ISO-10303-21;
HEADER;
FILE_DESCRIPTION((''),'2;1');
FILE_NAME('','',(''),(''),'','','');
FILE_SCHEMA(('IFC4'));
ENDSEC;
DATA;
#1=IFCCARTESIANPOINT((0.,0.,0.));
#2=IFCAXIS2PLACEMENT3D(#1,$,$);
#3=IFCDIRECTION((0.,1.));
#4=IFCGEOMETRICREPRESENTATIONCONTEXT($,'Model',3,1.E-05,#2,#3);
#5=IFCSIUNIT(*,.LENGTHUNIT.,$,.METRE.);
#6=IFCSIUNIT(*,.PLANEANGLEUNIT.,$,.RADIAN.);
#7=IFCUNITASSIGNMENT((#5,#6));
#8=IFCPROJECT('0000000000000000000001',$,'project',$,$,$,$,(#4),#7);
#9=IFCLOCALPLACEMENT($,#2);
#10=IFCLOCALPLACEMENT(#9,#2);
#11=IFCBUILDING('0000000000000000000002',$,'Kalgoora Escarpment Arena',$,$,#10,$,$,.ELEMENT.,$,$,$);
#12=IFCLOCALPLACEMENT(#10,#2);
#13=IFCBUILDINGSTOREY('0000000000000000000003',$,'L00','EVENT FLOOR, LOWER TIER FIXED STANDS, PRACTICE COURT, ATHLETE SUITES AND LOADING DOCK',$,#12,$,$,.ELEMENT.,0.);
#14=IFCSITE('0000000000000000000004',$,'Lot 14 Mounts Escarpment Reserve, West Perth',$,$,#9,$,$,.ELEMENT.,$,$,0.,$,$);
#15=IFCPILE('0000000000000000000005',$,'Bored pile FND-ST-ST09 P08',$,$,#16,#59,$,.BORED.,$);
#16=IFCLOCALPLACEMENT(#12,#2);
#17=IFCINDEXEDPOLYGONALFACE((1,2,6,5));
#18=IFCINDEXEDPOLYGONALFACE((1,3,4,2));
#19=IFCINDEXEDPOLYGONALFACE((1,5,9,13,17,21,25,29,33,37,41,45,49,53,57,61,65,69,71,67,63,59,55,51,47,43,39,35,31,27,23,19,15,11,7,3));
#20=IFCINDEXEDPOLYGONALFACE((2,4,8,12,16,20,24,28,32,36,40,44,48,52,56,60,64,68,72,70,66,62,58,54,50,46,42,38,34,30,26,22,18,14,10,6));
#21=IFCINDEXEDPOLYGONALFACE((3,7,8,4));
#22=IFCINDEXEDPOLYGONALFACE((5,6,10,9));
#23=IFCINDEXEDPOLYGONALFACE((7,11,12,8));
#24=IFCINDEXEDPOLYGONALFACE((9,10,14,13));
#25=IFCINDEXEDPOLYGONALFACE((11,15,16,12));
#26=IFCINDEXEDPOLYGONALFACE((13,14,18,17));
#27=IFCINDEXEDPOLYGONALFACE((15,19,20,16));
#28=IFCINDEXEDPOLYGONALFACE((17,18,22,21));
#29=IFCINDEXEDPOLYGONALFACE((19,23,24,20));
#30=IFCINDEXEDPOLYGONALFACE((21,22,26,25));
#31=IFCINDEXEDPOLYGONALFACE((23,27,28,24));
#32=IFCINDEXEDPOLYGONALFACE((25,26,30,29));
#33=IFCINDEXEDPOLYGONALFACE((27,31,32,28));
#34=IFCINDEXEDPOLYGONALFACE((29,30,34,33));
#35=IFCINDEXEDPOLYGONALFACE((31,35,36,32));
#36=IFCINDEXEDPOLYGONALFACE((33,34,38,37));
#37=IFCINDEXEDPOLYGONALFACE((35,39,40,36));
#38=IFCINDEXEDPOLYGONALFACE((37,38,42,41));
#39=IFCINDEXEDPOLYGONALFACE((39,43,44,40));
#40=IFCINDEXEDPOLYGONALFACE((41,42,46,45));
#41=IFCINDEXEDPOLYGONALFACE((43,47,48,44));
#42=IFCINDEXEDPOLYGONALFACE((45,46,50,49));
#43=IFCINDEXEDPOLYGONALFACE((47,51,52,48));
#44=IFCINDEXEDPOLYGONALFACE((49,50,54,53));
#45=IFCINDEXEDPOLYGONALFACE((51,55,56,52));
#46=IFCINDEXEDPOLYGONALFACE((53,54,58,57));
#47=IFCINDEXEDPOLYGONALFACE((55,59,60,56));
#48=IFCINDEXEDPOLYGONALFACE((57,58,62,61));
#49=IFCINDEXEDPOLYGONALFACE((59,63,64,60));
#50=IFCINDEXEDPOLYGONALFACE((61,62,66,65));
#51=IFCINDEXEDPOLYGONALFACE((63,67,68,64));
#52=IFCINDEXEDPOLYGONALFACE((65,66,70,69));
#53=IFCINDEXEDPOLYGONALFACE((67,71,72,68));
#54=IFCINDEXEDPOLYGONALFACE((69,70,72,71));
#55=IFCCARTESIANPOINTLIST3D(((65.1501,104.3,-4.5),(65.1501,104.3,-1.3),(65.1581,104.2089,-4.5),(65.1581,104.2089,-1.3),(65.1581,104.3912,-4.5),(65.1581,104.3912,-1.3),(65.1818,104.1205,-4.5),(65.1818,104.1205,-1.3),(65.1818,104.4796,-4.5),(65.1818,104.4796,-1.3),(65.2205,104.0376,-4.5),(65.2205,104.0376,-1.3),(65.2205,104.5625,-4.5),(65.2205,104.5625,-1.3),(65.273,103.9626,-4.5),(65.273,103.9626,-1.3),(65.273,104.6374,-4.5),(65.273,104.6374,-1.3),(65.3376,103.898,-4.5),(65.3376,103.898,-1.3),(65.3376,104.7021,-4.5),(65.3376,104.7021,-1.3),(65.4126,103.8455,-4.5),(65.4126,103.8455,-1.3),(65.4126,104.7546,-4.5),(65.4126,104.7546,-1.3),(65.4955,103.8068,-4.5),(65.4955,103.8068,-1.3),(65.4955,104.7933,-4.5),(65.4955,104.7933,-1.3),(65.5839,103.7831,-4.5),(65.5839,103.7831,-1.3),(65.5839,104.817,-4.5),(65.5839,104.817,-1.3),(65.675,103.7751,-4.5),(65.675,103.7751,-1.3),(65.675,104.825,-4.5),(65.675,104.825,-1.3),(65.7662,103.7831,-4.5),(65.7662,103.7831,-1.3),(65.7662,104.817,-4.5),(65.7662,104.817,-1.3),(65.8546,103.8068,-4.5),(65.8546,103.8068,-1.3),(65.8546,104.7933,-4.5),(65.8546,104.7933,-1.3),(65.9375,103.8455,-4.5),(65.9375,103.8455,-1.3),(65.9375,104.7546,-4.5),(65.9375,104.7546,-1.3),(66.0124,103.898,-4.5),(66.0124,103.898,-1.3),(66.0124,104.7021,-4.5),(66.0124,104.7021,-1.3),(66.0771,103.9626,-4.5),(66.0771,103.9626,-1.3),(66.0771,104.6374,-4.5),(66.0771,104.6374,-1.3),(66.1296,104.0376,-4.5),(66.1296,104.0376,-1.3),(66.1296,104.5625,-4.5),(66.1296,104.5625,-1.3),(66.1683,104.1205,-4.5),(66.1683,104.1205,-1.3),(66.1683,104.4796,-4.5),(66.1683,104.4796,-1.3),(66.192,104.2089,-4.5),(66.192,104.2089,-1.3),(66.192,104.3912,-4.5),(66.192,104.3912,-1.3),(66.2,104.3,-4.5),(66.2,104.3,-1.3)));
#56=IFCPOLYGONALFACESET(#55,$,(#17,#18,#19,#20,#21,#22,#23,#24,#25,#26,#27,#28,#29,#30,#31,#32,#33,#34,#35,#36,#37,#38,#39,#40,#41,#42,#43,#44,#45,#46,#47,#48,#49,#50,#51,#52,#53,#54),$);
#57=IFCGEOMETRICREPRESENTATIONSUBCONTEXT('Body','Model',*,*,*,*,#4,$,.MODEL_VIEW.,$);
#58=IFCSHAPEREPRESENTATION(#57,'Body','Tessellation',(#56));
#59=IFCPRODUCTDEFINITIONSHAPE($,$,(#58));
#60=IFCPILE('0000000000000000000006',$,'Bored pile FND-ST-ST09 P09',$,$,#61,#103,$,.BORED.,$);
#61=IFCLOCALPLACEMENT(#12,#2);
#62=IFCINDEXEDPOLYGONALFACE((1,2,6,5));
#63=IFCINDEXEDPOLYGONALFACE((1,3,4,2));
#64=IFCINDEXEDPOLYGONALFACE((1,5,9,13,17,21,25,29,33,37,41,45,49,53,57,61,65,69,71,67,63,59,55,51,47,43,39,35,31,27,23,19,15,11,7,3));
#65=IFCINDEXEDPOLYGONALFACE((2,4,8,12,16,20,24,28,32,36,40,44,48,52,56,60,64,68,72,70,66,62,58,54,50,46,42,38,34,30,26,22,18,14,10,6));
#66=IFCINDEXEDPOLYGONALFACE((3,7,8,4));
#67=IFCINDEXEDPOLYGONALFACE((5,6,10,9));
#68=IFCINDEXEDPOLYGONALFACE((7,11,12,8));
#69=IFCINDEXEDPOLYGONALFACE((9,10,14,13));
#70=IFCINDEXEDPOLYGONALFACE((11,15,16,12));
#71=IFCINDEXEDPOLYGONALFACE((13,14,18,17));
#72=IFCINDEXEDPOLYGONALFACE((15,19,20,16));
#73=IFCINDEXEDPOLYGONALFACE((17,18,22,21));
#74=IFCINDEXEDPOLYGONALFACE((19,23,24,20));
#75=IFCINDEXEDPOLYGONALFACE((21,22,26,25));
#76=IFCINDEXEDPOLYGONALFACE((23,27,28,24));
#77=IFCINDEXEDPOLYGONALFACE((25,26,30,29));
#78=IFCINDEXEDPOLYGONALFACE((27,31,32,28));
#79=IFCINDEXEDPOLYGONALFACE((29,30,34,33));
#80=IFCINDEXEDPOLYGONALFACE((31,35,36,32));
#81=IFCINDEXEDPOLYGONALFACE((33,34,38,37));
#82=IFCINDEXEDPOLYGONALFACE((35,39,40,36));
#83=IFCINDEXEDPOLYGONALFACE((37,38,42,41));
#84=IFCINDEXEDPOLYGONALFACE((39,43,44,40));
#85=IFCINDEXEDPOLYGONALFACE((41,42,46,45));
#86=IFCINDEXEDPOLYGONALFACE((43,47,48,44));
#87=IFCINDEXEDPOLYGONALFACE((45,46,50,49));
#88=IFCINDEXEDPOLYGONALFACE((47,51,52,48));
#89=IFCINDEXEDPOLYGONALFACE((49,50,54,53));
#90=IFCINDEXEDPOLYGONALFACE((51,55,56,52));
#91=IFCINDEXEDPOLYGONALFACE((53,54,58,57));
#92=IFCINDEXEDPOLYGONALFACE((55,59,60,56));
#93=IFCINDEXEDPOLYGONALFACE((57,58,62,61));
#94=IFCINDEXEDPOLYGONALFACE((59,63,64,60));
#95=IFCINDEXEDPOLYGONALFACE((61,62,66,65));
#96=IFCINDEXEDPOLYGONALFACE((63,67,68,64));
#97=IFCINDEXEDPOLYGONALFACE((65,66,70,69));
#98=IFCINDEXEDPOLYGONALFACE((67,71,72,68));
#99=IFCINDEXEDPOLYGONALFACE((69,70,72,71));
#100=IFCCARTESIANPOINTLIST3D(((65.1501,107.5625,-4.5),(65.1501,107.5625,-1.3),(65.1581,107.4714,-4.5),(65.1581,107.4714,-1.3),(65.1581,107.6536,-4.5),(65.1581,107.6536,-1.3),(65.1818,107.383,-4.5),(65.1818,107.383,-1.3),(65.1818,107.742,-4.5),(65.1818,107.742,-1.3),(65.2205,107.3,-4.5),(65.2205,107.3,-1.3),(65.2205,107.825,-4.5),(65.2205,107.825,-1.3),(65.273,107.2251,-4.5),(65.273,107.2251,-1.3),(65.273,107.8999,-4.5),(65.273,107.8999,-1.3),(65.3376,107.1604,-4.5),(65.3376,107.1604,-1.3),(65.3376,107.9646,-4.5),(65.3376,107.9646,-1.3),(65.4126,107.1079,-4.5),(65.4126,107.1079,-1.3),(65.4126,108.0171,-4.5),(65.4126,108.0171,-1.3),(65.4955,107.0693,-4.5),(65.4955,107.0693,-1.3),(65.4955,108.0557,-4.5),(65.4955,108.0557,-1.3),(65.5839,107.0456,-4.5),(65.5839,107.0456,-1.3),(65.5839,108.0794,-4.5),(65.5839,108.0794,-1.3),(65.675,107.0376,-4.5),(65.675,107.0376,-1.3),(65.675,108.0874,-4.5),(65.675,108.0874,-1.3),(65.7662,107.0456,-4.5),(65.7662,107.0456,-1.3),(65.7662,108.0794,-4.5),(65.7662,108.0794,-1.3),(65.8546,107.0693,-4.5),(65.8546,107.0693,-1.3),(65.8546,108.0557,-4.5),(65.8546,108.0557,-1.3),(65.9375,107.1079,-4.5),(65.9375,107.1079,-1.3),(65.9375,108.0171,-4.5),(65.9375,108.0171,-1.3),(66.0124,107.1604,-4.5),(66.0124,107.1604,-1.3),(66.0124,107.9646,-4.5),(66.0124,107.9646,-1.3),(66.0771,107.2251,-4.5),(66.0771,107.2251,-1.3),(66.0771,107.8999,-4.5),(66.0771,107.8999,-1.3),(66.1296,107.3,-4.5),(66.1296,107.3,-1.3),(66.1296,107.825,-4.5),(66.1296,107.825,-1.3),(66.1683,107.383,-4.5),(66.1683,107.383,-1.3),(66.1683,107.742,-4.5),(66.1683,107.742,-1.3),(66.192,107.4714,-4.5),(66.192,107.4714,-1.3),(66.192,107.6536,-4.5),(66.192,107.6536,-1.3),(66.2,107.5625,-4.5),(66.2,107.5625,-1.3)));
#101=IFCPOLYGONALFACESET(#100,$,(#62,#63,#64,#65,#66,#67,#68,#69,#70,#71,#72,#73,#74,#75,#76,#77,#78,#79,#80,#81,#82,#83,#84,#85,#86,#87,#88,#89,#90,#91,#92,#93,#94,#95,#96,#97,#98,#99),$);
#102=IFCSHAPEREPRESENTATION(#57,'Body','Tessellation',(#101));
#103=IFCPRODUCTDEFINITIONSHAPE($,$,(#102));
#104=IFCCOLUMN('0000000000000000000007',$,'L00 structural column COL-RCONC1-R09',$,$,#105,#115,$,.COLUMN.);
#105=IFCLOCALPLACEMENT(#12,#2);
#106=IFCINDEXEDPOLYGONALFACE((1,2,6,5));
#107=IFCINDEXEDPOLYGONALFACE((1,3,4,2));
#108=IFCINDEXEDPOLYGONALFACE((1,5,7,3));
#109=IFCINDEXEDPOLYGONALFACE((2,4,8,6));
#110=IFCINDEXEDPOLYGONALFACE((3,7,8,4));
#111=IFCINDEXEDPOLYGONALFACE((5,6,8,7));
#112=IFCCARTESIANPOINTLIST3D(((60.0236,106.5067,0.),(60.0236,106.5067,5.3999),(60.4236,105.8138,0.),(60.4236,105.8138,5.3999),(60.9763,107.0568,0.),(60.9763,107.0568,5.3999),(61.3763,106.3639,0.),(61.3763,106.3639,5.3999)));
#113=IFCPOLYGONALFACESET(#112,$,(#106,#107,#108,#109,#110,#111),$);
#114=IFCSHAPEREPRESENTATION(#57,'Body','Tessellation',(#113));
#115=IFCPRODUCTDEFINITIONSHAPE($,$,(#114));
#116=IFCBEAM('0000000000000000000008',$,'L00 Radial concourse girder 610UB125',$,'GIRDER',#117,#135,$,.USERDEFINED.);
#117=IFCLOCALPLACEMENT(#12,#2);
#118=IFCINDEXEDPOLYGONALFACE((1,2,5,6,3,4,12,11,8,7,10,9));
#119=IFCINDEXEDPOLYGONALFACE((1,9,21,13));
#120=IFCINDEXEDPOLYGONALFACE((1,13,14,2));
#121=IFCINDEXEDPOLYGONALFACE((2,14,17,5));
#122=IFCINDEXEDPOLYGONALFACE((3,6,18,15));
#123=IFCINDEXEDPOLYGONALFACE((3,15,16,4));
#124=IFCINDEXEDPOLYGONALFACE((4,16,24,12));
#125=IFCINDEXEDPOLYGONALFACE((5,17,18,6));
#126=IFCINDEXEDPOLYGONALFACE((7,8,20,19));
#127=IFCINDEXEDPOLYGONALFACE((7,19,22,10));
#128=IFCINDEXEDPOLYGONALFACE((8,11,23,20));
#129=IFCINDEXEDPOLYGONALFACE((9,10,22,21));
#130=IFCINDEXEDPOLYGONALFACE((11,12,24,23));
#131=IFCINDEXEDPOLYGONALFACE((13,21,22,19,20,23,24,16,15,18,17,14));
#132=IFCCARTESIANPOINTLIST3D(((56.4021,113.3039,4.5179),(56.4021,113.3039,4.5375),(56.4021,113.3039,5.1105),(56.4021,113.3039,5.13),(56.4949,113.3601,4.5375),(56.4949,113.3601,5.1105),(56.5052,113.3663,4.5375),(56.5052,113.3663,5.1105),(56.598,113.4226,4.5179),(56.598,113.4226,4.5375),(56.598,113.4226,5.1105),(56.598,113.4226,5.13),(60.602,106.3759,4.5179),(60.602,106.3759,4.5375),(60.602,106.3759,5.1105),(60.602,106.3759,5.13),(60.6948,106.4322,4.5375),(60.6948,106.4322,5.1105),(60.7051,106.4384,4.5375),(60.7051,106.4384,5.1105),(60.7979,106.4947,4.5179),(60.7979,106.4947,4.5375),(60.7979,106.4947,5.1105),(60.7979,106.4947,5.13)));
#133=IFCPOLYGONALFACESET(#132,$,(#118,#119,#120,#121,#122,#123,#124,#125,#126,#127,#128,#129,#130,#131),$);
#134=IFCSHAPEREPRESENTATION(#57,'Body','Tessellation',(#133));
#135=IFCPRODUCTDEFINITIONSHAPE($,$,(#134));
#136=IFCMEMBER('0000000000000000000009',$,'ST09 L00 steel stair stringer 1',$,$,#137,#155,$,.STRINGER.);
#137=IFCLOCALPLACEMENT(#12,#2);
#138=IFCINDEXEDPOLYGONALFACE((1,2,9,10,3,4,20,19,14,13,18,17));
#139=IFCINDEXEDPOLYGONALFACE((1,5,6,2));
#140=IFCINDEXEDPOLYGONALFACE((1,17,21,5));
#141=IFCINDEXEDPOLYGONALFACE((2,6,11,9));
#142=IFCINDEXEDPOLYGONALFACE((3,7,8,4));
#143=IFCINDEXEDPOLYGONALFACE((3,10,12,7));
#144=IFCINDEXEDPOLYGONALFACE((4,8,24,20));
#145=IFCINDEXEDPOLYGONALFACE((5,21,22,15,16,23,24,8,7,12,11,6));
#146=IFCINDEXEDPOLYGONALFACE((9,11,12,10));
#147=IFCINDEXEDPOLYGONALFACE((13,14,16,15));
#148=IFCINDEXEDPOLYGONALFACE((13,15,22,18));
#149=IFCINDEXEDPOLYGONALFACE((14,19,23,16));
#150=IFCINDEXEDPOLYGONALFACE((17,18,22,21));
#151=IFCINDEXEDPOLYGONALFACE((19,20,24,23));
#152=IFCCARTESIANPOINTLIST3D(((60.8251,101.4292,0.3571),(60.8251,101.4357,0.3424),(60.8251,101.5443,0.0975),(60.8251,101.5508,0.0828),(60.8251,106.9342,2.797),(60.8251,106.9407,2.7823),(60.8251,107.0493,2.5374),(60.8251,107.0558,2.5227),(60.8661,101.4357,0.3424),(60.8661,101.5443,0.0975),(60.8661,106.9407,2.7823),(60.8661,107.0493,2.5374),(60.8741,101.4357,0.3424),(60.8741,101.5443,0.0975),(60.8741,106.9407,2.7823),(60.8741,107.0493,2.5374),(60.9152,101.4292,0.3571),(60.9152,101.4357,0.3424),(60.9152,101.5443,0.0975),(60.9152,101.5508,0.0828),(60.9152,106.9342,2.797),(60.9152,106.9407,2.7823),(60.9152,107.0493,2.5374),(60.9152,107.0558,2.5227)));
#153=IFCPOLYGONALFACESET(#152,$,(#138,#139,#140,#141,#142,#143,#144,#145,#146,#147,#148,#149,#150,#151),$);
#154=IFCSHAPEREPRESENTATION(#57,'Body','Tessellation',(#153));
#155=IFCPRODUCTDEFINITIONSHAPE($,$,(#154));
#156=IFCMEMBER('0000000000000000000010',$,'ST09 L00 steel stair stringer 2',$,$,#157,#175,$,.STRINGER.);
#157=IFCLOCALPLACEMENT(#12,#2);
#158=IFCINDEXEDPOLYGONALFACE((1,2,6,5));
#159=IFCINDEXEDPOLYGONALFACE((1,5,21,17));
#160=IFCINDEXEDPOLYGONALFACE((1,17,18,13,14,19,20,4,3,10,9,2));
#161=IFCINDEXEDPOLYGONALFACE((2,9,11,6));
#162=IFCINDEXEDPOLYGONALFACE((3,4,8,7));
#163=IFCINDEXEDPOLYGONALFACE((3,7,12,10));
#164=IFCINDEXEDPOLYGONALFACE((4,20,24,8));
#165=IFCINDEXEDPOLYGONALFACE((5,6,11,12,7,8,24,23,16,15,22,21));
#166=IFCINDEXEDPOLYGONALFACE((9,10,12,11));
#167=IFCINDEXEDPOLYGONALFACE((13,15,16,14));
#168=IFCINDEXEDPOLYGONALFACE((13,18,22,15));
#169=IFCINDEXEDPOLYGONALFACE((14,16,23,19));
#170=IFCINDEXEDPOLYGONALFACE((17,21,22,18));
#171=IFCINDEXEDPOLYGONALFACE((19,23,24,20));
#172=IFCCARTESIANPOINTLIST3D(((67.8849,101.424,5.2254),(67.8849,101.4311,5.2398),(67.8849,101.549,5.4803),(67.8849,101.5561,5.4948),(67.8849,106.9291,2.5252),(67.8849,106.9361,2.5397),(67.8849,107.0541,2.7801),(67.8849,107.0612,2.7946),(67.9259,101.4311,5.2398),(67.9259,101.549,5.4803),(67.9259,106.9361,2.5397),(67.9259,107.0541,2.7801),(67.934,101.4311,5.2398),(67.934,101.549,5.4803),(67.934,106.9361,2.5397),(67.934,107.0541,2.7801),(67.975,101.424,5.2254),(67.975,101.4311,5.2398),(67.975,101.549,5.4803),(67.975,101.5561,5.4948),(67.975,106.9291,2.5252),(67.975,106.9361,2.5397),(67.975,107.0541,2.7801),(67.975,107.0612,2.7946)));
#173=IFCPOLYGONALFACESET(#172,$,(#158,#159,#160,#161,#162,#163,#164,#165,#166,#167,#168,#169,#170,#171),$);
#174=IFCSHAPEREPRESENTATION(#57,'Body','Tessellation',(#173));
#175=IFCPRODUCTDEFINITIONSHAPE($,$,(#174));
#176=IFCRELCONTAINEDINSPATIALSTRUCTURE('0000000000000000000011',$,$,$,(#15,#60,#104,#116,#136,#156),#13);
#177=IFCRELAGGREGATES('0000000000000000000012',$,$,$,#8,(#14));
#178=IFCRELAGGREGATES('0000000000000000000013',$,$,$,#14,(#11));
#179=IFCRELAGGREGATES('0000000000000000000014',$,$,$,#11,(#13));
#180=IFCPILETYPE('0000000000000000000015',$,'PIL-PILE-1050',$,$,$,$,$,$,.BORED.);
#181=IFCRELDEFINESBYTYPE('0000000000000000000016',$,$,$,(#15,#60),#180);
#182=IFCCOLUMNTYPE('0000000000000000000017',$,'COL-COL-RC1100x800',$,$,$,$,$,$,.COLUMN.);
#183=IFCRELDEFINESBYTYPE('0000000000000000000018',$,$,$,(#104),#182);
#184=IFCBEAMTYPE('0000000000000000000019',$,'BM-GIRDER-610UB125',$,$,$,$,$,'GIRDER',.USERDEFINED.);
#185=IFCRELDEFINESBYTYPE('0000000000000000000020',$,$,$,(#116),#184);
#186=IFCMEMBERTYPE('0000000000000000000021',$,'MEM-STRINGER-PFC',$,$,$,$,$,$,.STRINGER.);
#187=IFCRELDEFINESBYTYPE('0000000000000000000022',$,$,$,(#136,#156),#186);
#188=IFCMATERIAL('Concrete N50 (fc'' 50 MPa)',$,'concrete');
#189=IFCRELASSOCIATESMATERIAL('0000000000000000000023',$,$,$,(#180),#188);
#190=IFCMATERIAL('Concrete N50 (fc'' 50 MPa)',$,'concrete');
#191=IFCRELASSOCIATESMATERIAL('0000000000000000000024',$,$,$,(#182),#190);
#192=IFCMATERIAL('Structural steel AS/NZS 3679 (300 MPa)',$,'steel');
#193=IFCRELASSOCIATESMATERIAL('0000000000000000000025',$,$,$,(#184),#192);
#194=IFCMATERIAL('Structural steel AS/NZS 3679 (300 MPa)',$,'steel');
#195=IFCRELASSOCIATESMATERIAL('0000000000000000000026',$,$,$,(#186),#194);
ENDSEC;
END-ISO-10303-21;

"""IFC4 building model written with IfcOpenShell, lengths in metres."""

from ifc_helpers import new_model, si_unit, direction, frame, origin, origin_2d, place, context, subcontext, project, spatial, rectangle, circle, i_section, extrude, material, material_profile, profile_set, type_object, element, save


model = new_model("IFC4")

# Units and contexts
model_context = context("Model", 3, precision=1e-05, world=origin(), true_north=direction((0.0, 1.0)))
body_context = subcontext(model_context, "Body", "Model", "MODEL_VIEW")
ifc_project = project(units=[si_unit("LENGTHUNIT", "METRE"), si_unit("PLANEANGLEUNIT", "RADIAN")], contexts=[model_context])

# Site, building, storey
site_placement = place(None, origin())
site = spatial("IfcSite", under=ifc_project, at=site_placement, Name="Lot 14 Mounts Escarpment Reserve, West Perth", CompositionType="ELEMENT", RefElevation=0.0)
building_placement = place(site_placement, origin())
building = spatial("IfcBuilding", under=site, at=building_placement, Name="Kalgoora Escarpment Arena", CompositionType="ELEMENT")
storey_placement = place(building_placement, origin())
storey = spatial("IfcBuildingStorey", under=building, at=storey_placement, Name="L00", Description="EVENT FLOOR, LOWER TIER FIXED STANDS, PRACTICE COURT, ATHLETE SUITES AND LOADING DOCK", CompositionType="ELEMENT", Elevation=0.0)

# Piles
ifc_material_1 = material(Name="Concrete N50 (fc' 50 MPa)", Category="concrete")
ifc_material_profile_1 = material_profile(ifc_material_1, circle(Radius=0.5249, at=origin_2d()))
ifc_profile_set_1 = profile_set([ifc_material_profile_1], Name="Concrete N50 (fc' 50 MPa)")
pile_type = type_object("IfcPileType", Name="PIL-PILE-1050", PredefinedType="BORED", material=ifc_profile_set_1)
for number, where, z_axis, x_axis, name in (
    (1, (65.675, 104.3, -1.3), (0.0, 0.0, -1.0), (1.0, 0.0, 0.0), "Bored pile FND-ST-ST09 P08"),
    (2, (65.675, 107.5625, -1.3), (0.0, 0.0, -1.0), (1.0, 0.0, 0.0), "Bored pile FND-ST-ST09 P09"),
):
    element("IfcPile", number, at=place(storey_placement, frame(where, z_axis=z_axis, x_axis=x_axis)), inside=storey, type_object=pile_type, Name=name, PredefinedType="BORED", context=body_context, shape_type="SweptSolid", body=[
        extrude(circle(Radius=0.5249, at=origin_2d()), origin(), (0.0, 0.0, 1.0), 3.2),
    ])

# Column
ifc_material_2 = material(Name="Concrete N50 (fc' 50 MPa)", Category="concrete")
ifc_material_profile_2 = material_profile(ifc_material_2, rectangle(XDim=0.8, YDim=1.1001, at=origin_2d()))
ifc_profile_set_2 = profile_set([ifc_material_profile_2], Name="Concrete N50 (fc' 50 MPa)")
column_type = type_object("IfcColumnType", Name="COL-COL-RC1100x800", PredefinedType="COLUMN", material=ifc_profile_set_2)
column_placement = place(storey_placement, frame((60.7, 106.4353, 0.0), z_axis=(0.0, 0.0, 1.0), x_axis=(-0.5, 0.866025, 0.0)))
element("IfcColumn", 3, at=column_placement, inside=storey, type_object=column_type, Name="L00 structural column COL-RCONC1-R09", PredefinedType="COLUMN", context=body_context, shape_type="SweptSolid", body=[
    extrude(rectangle(XDim=0.8, YDim=1.1001, at=origin_2d()), origin(), (0.0, 0.0, 1.0), 5.3999),
])

# Beam
ifc_material_3 = material(Name="Structural steel AS/NZS 3679 (300 MPa)", Category="steel")
ifc_material_profile_3 = material_profile(ifc_material_3, i_section(OverallWidth=0.229, OverallDepth=0.6121, WebThickness=0.012, FlangeThickness=0.0195, at=origin_2d()))
ifc_profile_set_3 = profile_set([ifc_material_profile_3], Name="Structural steel AS/NZS 3679 (300 MPa)")
beam_type = type_object("IfcBeamType", Name="BM-GIRDER-610UB125", ElementType="GIRDER", PredefinedType="USERDEFINED", material=ifc_profile_set_3)
beam_placement = place(storey_placement, frame((60.7, 106.4353, 4.824), z_axis=(-0.518408, 0.855133, 0.0), x_axis=(-0.855133, -0.518408, 0.0)))
element("IfcBeam", 4, at=beam_placement, inside=storey, type_object=beam_type, Name="L00 Radial concourse girder 610UB125", ObjectType="GIRDER", PredefinedType="USERDEFINED", context=body_context, shape_type="SweptSolid", body=[
    extrude(i_section(OverallWidth=0.229, OverallDepth=0.6121, WebThickness=0.012, FlangeThickness=0.0195, at=origin_2d()), origin(), (0.0, 0.0, 1.0), 8.1016),
])

# Members
ifc_material_4 = material(Name="Structural steel AS/NZS 3679 (300 MPa)", Category="steel")
ifc_material_profile_4 = material_profile(ifc_material_4, i_section(OverallWidth=0.0901, OverallDepth=0.3, WebThickness=0.0081, FlangeThickness=0.0161, at=origin_2d()))
ifc_profile_set_4 = profile_set([ifc_material_profile_4], Name="Structural steel AS/NZS 3679 (300 MPa)")
member_type = type_object("IfcMemberType", Name="MEM-STRINGER-PFC", PredefinedType="STRINGER", material=ifc_profile_set_4)
member_1_placement = place(storey_placement, frame((60.8701, 101.49, 0.22), z_axis=(0.0, 0.914229, 0.405198), x_axis=(-1.0, 0.0, 0.0)))
element("IfcMember", 5, at=member_1_placement, inside=storey, type_object=member_type, Name="ST09 L00 steel stair stringer 1", PredefinedType="STRINGER", context=body_context, shape_type="SweptSolid", body=[
    extrude(i_section(OverallWidth=0.0901, OverallDepth=0.3, WebThickness=0.0081, FlangeThickness=0.0161, at=origin_2d()), origin(), (0.0, 0.0, 1.0), 6.0215),
])
member_2_placement = place(storey_placement, frame((67.9299, 106.9951, 2.6599), z_axis=(0.0, -0.897817, 0.440368), x_axis=(1.0, 0.0, 0.0)))
element("IfcMember", 6, at=member_2_placement, inside=storey, type_object=member_type, Name="ST09 L00 steel stair stringer 2", PredefinedType="STRINGER", context=body_context, shape_type="SweptSolid", body=[
    extrude(i_section(OverallWidth=0.0901, OverallDepth=0.3, WebThickness=0.0081, FlangeThickness=0.0161, at=origin_2d()), origin(), (0.0, 0.0, 1.0), 6.1316),
])

save(model, "model.ifc")
